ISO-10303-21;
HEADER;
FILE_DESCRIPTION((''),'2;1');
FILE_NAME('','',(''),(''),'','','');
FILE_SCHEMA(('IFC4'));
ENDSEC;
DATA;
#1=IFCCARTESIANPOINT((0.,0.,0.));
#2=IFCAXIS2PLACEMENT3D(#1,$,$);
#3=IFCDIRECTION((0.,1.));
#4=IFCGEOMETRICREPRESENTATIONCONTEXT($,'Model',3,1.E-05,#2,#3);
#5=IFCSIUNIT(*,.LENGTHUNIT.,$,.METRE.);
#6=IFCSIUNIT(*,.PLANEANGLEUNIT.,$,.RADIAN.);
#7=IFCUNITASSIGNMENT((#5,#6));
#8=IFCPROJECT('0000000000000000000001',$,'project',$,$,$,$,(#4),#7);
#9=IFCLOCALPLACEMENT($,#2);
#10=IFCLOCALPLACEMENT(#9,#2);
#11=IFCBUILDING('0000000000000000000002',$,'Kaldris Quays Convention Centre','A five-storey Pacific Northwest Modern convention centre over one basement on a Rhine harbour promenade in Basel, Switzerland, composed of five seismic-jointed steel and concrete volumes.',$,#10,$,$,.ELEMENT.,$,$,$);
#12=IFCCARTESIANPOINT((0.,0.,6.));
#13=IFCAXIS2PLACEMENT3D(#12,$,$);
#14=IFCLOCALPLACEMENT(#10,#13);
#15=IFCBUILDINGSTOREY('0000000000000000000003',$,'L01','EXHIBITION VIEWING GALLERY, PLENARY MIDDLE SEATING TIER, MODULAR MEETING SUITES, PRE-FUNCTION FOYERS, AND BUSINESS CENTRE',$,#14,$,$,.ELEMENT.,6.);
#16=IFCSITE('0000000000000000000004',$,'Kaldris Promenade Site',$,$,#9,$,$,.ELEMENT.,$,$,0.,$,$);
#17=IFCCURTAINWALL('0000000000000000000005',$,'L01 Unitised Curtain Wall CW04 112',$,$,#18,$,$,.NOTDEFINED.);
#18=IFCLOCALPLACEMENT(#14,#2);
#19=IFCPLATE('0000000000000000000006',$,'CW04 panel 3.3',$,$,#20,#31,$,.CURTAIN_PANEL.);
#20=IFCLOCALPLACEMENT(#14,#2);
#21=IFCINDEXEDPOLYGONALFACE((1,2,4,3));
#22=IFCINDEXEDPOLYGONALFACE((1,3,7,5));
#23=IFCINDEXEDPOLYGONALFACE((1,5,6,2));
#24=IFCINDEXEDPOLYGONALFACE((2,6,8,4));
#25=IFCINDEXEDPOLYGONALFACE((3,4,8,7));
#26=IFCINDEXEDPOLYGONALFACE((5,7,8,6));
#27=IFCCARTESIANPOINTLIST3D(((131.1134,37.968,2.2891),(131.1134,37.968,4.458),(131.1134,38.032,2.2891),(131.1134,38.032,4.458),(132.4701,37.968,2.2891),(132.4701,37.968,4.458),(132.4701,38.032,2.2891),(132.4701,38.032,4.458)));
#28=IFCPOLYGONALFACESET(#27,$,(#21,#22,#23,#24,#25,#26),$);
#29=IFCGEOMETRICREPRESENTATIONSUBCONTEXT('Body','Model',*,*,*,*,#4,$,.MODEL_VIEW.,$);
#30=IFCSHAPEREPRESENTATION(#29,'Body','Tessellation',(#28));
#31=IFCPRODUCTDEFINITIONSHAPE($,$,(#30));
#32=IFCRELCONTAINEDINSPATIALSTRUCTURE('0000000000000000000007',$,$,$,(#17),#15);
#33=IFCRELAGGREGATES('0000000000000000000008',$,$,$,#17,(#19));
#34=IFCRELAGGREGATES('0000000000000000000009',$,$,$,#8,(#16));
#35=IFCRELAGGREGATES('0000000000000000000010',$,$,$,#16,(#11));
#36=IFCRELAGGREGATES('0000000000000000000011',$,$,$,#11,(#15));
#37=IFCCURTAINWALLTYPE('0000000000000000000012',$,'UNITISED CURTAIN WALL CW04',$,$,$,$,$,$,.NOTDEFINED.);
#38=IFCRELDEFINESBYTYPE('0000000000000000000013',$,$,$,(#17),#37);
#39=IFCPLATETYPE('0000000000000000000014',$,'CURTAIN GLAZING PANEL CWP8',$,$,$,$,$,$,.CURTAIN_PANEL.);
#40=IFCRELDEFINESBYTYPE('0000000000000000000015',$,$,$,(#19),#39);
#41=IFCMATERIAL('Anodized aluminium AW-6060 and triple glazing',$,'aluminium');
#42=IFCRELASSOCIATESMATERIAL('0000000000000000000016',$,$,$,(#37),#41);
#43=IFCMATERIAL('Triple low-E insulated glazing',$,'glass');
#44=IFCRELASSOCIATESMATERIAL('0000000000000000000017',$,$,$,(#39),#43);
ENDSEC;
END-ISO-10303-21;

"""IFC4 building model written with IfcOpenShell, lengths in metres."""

from ifc_helpers import new_model, si_unit, direction, frame, origin, origin_2d, place, context, subcontext, project, spatial, rectangle, extrude, material, type_object, element, aggregate, save


model = new_model("IFC4")

# Units and contexts
model_context = context("Model", 3, precision=1e-05, world=origin(), true_north=direction((0.0, 1.0)))
body_context = subcontext(model_context, "Body", "Model", "MODEL_VIEW")
ifc_project = project(units=[si_unit("LENGTHUNIT", "METRE"), si_unit("PLANEANGLEUNIT", "RADIAN")], contexts=[model_context])

# Site, building, storey
site_placement = place(None, origin())
site = spatial("IfcSite", under=ifc_project, at=site_placement, Name="Kaldris Promenade Site", CompositionType="ELEMENT", RefElevation=0.0)
building_placement = place(site_placement, origin())
building = spatial("IfcBuilding", under=site, at=building_placement, Name="Kaldris Quays Convention Centre", Description="A five-storey Pacific Northwest Modern convention centre over one basement on a Rhine harbour promenade in Basel, Switzerland, composed of five seismic-jointed steel and concrete volumes.", CompositionType="ELEMENT")
storey_placement = place(building_placement, frame((0.0, 0.0, 6.0)))
storey = spatial("IfcBuildingStorey", under=building, at=storey_placement, Name="L01", Description="EXHIBITION VIEWING GALLERY, PLENARY MIDDLE SEATING TIER, MODULAR MEETING SUITES, PRE-FUNCTION FOYERS, AND BUSINESS CENTRE", CompositionType="ELEMENT", Elevation=6.0)

# Curtain wall, plate
ifc_material_1 = material(Name="Anodized aluminium AW-6060 and triple glazing", Category="aluminium")
curtain_wall_type = type_object("IfcCurtainWallType", Name="UNITISED CURTAIN WALL CW04", PredefinedType="NOTDEFINED", material=ifc_material_1)
curtain_wall_placement = place(storey_placement, origin())
curtain_wall = element("IfcCurtainWall", 1, at=curtain_wall_placement, inside=storey, type_object=curtain_wall_type, Name="L01 Unitised Curtain Wall CW04 112", PredefinedType="NOTDEFINED")
ifc_material_2 = material(Name="Triple low-E insulated glazing", Category="glass")
plate_type = type_object("IfcPlateType", Name="CURTAIN GLAZING PANEL CWP8", PredefinedType="CURTAIN_PANEL", material=ifc_material_2)
plate_1_placement = place(storey_placement, frame((131.7917, 38.0, 2.2891), z_axis=(0.0, 0.0, 1.0), x_axis=(1.0, 0.0, 0.0)))
plate_1 = element("IfcPlate", 2, at=plate_1_placement, type_object=plate_type, Name="CW04 panel 3.3", PredefinedType="CURTAIN_PANEL", context=body_context, shape_type="SweptSolid", body=[
    extrude(rectangle(XDim=1.3567, YDim=0.064, at=origin_2d()), origin(), (0.0, 0.0, 1.0), 2.1689),
])
aggregate(curtain_wall, [plate_1])

save(model, "model.ifc")
